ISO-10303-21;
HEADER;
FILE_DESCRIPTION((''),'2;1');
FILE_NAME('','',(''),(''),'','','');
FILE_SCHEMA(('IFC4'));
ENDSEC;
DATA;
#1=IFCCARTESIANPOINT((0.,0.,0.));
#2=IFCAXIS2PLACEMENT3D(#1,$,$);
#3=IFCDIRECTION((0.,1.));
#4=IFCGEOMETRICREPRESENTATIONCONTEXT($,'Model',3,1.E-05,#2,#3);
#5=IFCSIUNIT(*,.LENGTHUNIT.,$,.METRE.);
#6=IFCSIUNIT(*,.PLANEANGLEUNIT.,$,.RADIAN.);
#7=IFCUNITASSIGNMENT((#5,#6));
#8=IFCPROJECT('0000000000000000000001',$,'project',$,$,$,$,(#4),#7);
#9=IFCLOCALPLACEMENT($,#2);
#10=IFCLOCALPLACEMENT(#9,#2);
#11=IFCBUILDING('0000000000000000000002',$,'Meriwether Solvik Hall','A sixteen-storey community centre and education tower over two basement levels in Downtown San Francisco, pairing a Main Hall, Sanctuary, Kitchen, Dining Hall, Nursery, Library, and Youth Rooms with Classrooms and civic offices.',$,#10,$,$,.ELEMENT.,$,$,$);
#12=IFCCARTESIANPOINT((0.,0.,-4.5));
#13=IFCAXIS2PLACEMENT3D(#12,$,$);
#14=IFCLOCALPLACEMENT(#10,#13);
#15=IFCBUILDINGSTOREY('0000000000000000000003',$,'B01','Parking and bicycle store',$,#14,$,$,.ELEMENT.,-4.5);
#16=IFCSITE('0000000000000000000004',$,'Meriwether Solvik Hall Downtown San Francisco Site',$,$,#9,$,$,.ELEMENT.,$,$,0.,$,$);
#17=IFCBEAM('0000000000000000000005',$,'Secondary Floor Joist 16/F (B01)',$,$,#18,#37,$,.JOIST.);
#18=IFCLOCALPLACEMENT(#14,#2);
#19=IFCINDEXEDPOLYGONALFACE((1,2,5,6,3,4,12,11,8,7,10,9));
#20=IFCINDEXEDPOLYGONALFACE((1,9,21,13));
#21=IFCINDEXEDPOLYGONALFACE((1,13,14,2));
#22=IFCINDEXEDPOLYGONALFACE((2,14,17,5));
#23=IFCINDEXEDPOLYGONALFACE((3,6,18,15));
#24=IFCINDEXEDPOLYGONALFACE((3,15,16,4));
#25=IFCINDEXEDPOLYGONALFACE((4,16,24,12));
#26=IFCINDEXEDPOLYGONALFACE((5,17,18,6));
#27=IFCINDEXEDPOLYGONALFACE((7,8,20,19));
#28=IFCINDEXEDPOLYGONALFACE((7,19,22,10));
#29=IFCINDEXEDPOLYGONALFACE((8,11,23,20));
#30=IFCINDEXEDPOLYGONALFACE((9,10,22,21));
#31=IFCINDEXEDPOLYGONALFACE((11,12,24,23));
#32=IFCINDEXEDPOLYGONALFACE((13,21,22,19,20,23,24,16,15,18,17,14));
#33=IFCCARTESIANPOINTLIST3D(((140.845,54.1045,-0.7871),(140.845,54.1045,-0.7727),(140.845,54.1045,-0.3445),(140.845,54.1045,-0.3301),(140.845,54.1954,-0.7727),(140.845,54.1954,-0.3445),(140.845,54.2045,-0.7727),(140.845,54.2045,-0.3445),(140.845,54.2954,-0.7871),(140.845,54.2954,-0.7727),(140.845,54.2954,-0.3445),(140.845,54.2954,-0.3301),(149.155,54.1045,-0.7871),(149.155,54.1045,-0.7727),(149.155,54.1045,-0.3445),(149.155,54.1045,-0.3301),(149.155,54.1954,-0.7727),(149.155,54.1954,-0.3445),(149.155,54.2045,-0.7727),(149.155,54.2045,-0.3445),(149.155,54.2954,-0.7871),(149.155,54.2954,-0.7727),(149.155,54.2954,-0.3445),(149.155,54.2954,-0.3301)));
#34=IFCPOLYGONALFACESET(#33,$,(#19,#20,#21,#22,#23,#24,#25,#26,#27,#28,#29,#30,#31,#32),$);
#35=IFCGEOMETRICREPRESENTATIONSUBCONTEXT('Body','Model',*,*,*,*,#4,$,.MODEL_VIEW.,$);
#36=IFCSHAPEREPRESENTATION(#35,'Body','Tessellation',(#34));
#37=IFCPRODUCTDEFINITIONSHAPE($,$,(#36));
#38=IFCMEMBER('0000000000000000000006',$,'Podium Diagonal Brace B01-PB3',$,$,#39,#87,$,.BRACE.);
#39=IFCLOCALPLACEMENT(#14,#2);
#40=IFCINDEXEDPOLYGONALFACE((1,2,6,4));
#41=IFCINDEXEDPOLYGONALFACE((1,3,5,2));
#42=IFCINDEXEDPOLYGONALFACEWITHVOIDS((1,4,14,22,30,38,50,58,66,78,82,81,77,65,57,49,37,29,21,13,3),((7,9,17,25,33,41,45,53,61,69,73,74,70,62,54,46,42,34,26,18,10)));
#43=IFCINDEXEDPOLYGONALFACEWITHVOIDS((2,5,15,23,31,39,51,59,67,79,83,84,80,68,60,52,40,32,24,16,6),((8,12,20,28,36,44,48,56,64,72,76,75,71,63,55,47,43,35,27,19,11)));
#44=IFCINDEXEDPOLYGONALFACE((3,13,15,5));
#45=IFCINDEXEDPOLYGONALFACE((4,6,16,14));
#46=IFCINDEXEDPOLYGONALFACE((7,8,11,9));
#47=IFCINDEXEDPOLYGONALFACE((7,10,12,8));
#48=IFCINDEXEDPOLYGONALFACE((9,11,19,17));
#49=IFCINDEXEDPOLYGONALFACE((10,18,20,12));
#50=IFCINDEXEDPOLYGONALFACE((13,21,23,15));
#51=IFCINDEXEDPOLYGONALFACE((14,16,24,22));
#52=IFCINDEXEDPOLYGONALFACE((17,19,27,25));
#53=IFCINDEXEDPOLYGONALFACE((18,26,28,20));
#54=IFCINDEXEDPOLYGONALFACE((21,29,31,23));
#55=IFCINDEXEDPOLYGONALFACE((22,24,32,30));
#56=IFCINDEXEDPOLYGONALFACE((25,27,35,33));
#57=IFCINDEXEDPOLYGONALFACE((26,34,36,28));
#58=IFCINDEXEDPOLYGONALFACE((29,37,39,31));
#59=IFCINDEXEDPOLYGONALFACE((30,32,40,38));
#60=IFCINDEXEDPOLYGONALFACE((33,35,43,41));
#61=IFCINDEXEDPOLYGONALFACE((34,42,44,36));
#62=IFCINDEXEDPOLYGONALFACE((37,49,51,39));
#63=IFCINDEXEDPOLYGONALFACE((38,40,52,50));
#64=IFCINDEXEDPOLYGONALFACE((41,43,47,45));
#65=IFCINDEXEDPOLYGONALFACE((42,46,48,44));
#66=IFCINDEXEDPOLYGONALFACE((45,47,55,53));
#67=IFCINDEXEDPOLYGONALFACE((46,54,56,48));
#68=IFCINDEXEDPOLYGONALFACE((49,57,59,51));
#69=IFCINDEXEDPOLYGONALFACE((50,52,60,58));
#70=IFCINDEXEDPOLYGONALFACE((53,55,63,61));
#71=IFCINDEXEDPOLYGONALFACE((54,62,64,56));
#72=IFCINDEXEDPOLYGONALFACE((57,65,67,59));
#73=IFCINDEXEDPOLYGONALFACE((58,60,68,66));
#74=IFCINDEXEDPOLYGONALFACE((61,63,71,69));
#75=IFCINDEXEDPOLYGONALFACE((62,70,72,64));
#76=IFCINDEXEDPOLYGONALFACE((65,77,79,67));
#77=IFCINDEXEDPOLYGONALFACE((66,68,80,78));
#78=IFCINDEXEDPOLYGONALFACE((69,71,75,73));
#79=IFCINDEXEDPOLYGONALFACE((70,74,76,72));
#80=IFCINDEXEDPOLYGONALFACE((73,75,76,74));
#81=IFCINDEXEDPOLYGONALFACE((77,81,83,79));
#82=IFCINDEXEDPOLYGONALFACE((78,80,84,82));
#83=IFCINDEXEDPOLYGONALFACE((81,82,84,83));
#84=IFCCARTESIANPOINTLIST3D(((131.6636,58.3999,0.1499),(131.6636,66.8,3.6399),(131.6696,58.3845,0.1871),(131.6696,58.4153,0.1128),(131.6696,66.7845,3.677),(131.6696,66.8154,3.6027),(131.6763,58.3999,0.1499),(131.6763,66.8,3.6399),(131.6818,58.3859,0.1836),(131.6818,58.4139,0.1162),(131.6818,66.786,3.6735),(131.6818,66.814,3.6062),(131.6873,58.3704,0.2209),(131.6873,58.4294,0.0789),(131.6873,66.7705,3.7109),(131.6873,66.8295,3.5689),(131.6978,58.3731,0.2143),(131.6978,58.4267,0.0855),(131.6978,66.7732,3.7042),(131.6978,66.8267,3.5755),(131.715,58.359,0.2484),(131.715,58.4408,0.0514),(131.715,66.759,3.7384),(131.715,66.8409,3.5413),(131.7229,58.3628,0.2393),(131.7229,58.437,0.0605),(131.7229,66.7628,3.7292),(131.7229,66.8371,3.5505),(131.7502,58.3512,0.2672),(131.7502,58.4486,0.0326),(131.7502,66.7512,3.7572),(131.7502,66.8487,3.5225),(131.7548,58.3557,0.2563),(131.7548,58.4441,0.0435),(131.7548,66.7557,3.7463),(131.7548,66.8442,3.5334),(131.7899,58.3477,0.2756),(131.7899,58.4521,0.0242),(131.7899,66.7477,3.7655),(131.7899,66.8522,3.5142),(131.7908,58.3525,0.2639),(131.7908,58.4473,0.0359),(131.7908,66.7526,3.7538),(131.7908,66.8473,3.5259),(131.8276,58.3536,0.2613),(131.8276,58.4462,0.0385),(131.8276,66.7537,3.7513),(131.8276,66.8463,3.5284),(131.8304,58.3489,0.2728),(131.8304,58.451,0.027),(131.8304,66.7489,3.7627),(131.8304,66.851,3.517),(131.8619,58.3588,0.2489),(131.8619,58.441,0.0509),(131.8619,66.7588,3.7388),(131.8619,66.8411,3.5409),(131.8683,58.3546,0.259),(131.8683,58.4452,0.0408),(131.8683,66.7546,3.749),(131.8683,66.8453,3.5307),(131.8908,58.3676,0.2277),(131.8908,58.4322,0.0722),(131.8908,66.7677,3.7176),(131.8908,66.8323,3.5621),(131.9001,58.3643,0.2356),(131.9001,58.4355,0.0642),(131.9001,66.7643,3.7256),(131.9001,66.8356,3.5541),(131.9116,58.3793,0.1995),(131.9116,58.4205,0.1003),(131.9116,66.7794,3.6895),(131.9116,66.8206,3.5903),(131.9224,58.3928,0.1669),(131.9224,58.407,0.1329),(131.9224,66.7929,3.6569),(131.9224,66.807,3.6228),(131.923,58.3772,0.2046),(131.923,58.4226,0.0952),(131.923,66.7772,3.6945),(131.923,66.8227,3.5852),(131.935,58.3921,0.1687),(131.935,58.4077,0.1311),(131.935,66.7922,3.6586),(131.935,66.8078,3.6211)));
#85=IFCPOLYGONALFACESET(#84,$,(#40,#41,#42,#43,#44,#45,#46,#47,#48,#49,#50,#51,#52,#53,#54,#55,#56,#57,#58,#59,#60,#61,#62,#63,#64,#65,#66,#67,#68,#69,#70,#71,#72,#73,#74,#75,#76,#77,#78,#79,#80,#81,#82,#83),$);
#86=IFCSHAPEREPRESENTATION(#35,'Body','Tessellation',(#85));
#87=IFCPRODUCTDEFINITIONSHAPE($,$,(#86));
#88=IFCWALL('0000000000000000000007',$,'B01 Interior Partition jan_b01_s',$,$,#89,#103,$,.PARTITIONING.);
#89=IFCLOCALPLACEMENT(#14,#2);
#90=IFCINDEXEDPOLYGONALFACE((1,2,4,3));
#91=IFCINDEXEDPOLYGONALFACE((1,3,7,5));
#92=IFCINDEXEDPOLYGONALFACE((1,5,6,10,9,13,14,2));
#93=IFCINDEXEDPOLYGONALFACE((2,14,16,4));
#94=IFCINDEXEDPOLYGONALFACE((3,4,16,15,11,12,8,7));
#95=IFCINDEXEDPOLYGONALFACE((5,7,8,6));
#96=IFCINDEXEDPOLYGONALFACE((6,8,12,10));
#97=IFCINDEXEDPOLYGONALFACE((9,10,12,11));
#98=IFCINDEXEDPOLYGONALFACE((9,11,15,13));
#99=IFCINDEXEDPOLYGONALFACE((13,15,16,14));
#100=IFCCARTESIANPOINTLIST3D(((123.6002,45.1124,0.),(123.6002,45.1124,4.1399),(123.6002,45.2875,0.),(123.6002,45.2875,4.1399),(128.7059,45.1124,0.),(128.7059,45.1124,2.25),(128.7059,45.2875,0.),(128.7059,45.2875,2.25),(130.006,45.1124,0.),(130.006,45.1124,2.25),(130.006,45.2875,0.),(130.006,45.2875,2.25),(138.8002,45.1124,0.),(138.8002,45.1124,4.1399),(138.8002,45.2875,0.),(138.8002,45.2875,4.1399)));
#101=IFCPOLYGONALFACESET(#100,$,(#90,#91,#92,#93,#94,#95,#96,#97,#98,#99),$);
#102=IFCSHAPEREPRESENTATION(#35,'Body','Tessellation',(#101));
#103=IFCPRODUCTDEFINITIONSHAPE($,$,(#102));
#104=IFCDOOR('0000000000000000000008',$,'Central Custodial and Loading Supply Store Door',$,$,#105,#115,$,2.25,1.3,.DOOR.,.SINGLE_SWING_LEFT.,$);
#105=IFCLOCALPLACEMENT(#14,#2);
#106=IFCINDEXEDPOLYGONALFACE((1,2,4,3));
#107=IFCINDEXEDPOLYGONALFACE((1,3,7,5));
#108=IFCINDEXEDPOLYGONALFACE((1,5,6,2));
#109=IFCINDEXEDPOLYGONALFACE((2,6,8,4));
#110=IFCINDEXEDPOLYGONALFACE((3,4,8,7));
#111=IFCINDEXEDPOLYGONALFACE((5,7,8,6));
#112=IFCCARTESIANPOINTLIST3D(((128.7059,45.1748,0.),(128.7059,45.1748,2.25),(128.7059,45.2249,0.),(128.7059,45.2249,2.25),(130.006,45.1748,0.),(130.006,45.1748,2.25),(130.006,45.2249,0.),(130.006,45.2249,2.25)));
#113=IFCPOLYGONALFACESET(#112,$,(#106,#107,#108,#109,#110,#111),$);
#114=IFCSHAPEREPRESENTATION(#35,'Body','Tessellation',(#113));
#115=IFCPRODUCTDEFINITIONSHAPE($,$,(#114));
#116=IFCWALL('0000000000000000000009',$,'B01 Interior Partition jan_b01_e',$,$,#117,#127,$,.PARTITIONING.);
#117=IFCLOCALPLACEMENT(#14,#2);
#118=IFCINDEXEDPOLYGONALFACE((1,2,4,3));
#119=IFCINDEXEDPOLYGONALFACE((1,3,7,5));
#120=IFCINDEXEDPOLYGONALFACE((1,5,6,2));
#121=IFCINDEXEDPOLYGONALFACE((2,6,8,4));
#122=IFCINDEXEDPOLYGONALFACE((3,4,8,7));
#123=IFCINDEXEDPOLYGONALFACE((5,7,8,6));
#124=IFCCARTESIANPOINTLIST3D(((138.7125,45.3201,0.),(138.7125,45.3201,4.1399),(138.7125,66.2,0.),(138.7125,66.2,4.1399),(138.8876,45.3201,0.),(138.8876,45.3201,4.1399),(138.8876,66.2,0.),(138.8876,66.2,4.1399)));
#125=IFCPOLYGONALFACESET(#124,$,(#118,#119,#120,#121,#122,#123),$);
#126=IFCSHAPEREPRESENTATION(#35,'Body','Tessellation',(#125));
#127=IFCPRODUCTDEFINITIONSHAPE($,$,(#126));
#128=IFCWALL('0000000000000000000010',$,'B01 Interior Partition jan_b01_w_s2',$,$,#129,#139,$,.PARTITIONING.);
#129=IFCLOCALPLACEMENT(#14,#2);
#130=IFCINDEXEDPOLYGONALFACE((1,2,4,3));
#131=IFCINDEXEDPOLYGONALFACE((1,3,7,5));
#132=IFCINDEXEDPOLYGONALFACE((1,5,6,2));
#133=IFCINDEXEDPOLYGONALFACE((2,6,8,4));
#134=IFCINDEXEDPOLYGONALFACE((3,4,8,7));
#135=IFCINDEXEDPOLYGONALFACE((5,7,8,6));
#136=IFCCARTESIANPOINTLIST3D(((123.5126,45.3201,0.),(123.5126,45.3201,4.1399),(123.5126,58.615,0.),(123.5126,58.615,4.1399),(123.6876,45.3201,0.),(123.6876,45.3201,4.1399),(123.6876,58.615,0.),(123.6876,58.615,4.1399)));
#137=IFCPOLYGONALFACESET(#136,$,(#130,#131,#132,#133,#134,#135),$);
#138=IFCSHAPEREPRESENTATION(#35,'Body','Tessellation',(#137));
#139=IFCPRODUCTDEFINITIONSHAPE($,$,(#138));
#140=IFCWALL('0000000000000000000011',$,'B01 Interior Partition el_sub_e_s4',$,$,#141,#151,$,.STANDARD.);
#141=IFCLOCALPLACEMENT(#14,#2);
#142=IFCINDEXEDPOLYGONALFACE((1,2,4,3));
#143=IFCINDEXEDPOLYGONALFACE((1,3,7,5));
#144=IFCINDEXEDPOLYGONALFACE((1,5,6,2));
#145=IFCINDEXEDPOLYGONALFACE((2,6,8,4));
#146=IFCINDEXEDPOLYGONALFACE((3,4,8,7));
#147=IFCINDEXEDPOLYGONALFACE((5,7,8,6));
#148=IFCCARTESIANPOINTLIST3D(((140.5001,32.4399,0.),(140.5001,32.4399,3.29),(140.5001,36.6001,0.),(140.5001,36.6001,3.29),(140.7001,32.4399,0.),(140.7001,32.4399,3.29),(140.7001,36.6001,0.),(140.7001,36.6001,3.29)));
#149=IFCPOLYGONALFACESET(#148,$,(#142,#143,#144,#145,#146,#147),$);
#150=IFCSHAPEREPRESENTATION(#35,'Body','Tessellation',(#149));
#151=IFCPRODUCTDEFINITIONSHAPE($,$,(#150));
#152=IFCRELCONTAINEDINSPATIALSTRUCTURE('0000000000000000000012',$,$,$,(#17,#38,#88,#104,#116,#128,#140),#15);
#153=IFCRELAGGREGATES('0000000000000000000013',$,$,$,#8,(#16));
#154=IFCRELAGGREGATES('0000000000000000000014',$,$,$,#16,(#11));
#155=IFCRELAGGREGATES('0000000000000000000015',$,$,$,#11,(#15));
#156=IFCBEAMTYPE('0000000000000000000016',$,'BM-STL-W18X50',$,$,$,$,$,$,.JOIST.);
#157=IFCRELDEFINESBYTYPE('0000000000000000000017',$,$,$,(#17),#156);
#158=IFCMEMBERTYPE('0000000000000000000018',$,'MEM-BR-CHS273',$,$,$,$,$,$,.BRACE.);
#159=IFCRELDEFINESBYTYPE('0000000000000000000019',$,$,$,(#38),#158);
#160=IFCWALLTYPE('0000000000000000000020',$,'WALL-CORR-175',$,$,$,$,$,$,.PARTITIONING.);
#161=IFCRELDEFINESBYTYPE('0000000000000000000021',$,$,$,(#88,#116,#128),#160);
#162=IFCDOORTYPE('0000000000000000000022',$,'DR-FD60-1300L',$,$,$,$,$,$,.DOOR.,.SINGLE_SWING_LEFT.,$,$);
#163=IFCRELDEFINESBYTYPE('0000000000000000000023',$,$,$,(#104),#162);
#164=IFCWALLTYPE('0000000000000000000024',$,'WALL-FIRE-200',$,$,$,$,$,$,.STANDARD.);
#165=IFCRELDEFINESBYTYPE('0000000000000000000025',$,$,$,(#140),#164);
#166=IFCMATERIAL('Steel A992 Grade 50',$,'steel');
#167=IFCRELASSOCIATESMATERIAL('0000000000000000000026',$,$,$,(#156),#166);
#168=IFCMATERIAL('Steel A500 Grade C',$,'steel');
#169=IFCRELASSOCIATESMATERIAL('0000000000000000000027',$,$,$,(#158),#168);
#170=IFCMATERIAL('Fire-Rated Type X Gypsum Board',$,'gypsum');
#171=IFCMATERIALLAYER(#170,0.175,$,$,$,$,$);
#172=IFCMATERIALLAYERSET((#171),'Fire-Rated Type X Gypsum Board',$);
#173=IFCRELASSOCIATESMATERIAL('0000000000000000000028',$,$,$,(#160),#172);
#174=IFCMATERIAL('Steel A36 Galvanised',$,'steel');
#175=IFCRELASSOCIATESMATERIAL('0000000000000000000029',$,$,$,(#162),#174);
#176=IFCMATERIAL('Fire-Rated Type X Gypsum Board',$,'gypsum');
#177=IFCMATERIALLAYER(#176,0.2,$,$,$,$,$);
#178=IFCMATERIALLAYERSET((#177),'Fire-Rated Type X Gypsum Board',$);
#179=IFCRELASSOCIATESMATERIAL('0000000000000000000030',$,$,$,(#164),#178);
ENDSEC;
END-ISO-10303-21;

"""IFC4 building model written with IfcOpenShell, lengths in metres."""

from ifc_helpers import new_model, si_unit, direction, frame, frame_2d, origin, origin_2d, place, context, subcontext, project, spatial, rectangle, hollow_circle, i_section, extrude, material, layer, layer_set, material_profile, profile_set, type_object, element, fill, save


model = new_model("IFC4")

# Units and contexts
model_context = context("Model", 3, precision=1e-05, world=origin(), true_north=direction((0.0, 1.0)))
body_context = subcontext(model_context, "Body", "Model", "MODEL_VIEW")
ifc_project = project(units=[si_unit("LENGTHUNIT", "METRE"), si_unit("PLANEANGLEUNIT", "RADIAN")], contexts=[model_context])

# Site, building, storey
site_placement = place(None, origin())
site = spatial("IfcSite", under=ifc_project, at=site_placement, Name="Meriwether Solvik Hall Downtown San Francisco Site", CompositionType="ELEMENT", RefElevation=0.0)
building_placement = place(site_placement, origin())
building = spatial("IfcBuilding", under=site, at=building_placement, Name="Meriwether Solvik Hall", Description="A sixteen-storey community centre and education tower over two basement levels in Downtown San Francisco, pairing a Main Hall, Sanctuary, Kitchen, Dining Hall, Nursery, Library, and Youth Rooms with Classrooms and civic offices.", CompositionType="ELEMENT")
storey_placement = place(building_placement, frame((0.0, 0.0, -4.5)))
storey = spatial("IfcBuildingStorey", under=building, at=storey_placement, Name="B01", Description="Parking and bicycle store", CompositionType="ELEMENT", Elevation=-4.5)

# Beam
ifc_material_1 = material(Name="Steel A992 Grade 50", Category="steel")
ifc_material_profile_1 = material_profile(ifc_material_1, i_section(OverallWidth=0.1909, OverallDepth=0.457, WebThickness=0.009, FlangeThickness=0.0144, at=origin_2d()), Name="W18X50")
ifc_profile_set_1 = profile_set([ifc_material_profile_1], Name="Steel A992 Grade 50")
beam_type_1 = type_object("IfcBeamType", Name="BM-STL-W18X50", PredefinedType="JOIST", material=ifc_profile_set_1)
for number, where, z_axis, x_axis, name in (
    (1, (140.845, 54.2, -0.5586), (1.0, 0.0, 0.0), (0.0, 1.0, 0.0), "Secondary Floor Joist 16/F (B01)"),
):
    element("IfcBeam", number, at=place(storey_placement, frame(where, z_axis=z_axis, x_axis=x_axis)), inside=storey, type_object=beam_type_1, Name=name, PredefinedType="JOIST", context=body_context, shape_type="SweptSolid", body=[
        extrude(i_section(OverallWidth=0.1909, OverallDepth=0.457, WebThickness=0.009, FlangeThickness=0.0144, at=origin_2d()), origin(), (0.0, 0.0, 1.0), 8.3101),
    ])

# Member
ifc_material_2 = material(Name="Steel A500 Grade C", Category="steel")
ifc_material_profile_2 = material_profile(ifc_material_2, hollow_circle(Radius=0.1365, WallThickness=0.0127, at=origin_2d()), Name="CHS273X12.7")
ifc_profile_set_2 = profile_set([ifc_material_profile_2], Name="Steel A500 Grade C")
member_type = type_object("IfcMemberType", Name="MEM-BR-CHS273", PredefinedType="BRACE", material=ifc_profile_set_2)
member_placement = place(storey_placement, frame((131.8, 58.3999, 0.1499), z_axis=(0.0, 0.92347, 0.383672), x_axis=(-1.0, 0.0, 0.0)))
element("IfcMember", 2, at=member_placement, inside=storey, type_object=member_type, Name="Podium Diagonal Brace B01-PB3", PredefinedType="BRACE", context=body_context, shape_type="SweptSolid", body=[
    extrude(hollow_circle(Radius=0.1365, WallThickness=0.0127, at=origin_2d()), origin(), (0.0, 0.0, 1.0), 9.0962),
])

# Wall, opening, door
ifc_material_3 = material(Name="Fire-Rated Type X Gypsum Board", Category="gypsum")
ifc_layer_1 = layer(ifc_material_3, 0.175)
ifc_layer_set_1 = layer_set([ifc_layer_1], Name="Fire-Rated Type X Gypsum Board")
wall_type_1 = type_object("IfcWallType", Name="WALL-CORR-175", PredefinedType="PARTITIONING", material=ifc_layer_set_1)
wall_1_placement = place(storey_placement, frame((123.6001, 45.2, 0.0), z_axis=(0.0, 0.0, 1.0), x_axis=(1.0, 0.0, 0.0)))
wall_1 = element("IfcWall", 3, at=wall_1_placement, inside=storey, type_object=wall_type_1, Name="B01 Interior Partition jan_b01_s", PredefinedType="PARTITIONING", context=body_context, shape_type="SweptSolid", body=[
    extrude(rectangle(XDim=15.2, YDim=0.175, at=frame_2d((7.6001, 0.0))), origin(), (0.0, 0.0, 1.0), 4.1399),
])
opening_placement = place(wall_1_placement, frame((5.106, 0.0, 0.0)))
opening = element("IfcOpeningElement", 4, at=opening_placement, cuts=wall_1, PredefinedType="OPENING", context=body_context, shape_type="SweptSolid", body=[
    extrude(rectangle(XDim=1.3, YDim=2.25, at=frame_2d((0.6499, 1.125))), frame((0.0, 0.0996, 0.0), z_axis=(0.0, -1.0, 0.0), x_axis=(1.0, 0.0, 0.0)), (0.0, 0.0, 1.0), 0.199),
])
ifc_material_4 = material(Name="Steel A36 Galvanised", Category="steel")
door_type = type_object("IfcDoorType", Name="DR-FD60-1300L", OperationType="SINGLE_SWING_LEFT", PredefinedType="DOOR", material=ifc_material_4)
door_placement = place(opening_placement, origin())
door = element("IfcDoor", 5, at=door_placement, inside=storey, type_object=door_type, Name="Central Custodial and Loading Supply Store Door", OperationType="SINGLE_SWING_LEFT", OverallHeight=2.25, OverallWidth=1.3, PredefinedType="DOOR", context=body_context, shape_type="SweptSolid", body=[
    extrude(rectangle(XDim=1.3, YDim=2.25, at=frame_2d((0.6499, 1.125))), frame((0.0, 0.0249, 0.0), z_axis=(0.0, -1.0, 0.0), x_axis=(1.0, 0.0, 0.0)), (0.0, 0.0, 1.0), 0.05),
])
fill(opening, door)

# Walls
wall_2_placement = place(storey_placement, frame((138.8, 45.3201, 0.0), z_axis=(0.0, 0.0, 1.0), x_axis=(0.0, 1.0, 0.0)))
element("IfcWall", 6, at=wall_2_placement, inside=storey, type_object=wall_type_1, Name="B01 Interior Partition jan_b01_e", PredefinedType="PARTITIONING", context=body_context, shape_type="SweptSolid", body=[
    extrude(rectangle(XDim=20.8799, YDim=0.175, at=frame_2d((10.4399, 0.0))), origin(), (0.0, 0.0, 1.0), 4.1399),
])
wall_3_placement = place(storey_placement, frame((123.6001, 58.615, 0.0), z_axis=(0.0, 0.0, 1.0), x_axis=(0.0, -1.0, 0.0)))
element("IfcWall", 7, at=wall_3_placement, inside=storey, type_object=wall_type_1, Name="B01 Interior Partition jan_b01_w_s2", PredefinedType="PARTITIONING", context=body_context, shape_type="SweptSolid", body=[
    extrude(rectangle(XDim=13.2949, YDim=0.175, at=frame_2d((6.6475, 0.0))), origin(), (0.0, 0.0, 1.0), 4.1399),
])
ifc_material_5 = material(Name="Fire-Rated Type X Gypsum Board", Category="gypsum")
ifc_layer_2 = layer(ifc_material_5, 0.2)
ifc_layer_set_2 = layer_set([ifc_layer_2], Name="Fire-Rated Type X Gypsum Board")
wall_type_2 = type_object("IfcWallType", Name="WALL-FIRE-200", PredefinedType="STANDARD", material=ifc_layer_set_2)
wall_4_placement = place(storey_placement, frame((140.6001, 32.4399, 0.0), z_axis=(0.0, 0.0, 1.0), x_axis=(0.0, 1.0, 0.0)))
element("IfcWall", 8, at=wall_4_placement, inside=storey, type_object=wall_type_2, Name="B01 Interior Partition el_sub_e_s4", PredefinedType="STANDARD", context=body_context, shape_type="SweptSolid", body=[
    extrude(rectangle(XDim=4.1602, YDim=0.2, at=frame_2d((2.0801, 0.0))), origin(), (0.0, 0.0, 1.0), 3.29),
])

save(model, "model.ifc")
